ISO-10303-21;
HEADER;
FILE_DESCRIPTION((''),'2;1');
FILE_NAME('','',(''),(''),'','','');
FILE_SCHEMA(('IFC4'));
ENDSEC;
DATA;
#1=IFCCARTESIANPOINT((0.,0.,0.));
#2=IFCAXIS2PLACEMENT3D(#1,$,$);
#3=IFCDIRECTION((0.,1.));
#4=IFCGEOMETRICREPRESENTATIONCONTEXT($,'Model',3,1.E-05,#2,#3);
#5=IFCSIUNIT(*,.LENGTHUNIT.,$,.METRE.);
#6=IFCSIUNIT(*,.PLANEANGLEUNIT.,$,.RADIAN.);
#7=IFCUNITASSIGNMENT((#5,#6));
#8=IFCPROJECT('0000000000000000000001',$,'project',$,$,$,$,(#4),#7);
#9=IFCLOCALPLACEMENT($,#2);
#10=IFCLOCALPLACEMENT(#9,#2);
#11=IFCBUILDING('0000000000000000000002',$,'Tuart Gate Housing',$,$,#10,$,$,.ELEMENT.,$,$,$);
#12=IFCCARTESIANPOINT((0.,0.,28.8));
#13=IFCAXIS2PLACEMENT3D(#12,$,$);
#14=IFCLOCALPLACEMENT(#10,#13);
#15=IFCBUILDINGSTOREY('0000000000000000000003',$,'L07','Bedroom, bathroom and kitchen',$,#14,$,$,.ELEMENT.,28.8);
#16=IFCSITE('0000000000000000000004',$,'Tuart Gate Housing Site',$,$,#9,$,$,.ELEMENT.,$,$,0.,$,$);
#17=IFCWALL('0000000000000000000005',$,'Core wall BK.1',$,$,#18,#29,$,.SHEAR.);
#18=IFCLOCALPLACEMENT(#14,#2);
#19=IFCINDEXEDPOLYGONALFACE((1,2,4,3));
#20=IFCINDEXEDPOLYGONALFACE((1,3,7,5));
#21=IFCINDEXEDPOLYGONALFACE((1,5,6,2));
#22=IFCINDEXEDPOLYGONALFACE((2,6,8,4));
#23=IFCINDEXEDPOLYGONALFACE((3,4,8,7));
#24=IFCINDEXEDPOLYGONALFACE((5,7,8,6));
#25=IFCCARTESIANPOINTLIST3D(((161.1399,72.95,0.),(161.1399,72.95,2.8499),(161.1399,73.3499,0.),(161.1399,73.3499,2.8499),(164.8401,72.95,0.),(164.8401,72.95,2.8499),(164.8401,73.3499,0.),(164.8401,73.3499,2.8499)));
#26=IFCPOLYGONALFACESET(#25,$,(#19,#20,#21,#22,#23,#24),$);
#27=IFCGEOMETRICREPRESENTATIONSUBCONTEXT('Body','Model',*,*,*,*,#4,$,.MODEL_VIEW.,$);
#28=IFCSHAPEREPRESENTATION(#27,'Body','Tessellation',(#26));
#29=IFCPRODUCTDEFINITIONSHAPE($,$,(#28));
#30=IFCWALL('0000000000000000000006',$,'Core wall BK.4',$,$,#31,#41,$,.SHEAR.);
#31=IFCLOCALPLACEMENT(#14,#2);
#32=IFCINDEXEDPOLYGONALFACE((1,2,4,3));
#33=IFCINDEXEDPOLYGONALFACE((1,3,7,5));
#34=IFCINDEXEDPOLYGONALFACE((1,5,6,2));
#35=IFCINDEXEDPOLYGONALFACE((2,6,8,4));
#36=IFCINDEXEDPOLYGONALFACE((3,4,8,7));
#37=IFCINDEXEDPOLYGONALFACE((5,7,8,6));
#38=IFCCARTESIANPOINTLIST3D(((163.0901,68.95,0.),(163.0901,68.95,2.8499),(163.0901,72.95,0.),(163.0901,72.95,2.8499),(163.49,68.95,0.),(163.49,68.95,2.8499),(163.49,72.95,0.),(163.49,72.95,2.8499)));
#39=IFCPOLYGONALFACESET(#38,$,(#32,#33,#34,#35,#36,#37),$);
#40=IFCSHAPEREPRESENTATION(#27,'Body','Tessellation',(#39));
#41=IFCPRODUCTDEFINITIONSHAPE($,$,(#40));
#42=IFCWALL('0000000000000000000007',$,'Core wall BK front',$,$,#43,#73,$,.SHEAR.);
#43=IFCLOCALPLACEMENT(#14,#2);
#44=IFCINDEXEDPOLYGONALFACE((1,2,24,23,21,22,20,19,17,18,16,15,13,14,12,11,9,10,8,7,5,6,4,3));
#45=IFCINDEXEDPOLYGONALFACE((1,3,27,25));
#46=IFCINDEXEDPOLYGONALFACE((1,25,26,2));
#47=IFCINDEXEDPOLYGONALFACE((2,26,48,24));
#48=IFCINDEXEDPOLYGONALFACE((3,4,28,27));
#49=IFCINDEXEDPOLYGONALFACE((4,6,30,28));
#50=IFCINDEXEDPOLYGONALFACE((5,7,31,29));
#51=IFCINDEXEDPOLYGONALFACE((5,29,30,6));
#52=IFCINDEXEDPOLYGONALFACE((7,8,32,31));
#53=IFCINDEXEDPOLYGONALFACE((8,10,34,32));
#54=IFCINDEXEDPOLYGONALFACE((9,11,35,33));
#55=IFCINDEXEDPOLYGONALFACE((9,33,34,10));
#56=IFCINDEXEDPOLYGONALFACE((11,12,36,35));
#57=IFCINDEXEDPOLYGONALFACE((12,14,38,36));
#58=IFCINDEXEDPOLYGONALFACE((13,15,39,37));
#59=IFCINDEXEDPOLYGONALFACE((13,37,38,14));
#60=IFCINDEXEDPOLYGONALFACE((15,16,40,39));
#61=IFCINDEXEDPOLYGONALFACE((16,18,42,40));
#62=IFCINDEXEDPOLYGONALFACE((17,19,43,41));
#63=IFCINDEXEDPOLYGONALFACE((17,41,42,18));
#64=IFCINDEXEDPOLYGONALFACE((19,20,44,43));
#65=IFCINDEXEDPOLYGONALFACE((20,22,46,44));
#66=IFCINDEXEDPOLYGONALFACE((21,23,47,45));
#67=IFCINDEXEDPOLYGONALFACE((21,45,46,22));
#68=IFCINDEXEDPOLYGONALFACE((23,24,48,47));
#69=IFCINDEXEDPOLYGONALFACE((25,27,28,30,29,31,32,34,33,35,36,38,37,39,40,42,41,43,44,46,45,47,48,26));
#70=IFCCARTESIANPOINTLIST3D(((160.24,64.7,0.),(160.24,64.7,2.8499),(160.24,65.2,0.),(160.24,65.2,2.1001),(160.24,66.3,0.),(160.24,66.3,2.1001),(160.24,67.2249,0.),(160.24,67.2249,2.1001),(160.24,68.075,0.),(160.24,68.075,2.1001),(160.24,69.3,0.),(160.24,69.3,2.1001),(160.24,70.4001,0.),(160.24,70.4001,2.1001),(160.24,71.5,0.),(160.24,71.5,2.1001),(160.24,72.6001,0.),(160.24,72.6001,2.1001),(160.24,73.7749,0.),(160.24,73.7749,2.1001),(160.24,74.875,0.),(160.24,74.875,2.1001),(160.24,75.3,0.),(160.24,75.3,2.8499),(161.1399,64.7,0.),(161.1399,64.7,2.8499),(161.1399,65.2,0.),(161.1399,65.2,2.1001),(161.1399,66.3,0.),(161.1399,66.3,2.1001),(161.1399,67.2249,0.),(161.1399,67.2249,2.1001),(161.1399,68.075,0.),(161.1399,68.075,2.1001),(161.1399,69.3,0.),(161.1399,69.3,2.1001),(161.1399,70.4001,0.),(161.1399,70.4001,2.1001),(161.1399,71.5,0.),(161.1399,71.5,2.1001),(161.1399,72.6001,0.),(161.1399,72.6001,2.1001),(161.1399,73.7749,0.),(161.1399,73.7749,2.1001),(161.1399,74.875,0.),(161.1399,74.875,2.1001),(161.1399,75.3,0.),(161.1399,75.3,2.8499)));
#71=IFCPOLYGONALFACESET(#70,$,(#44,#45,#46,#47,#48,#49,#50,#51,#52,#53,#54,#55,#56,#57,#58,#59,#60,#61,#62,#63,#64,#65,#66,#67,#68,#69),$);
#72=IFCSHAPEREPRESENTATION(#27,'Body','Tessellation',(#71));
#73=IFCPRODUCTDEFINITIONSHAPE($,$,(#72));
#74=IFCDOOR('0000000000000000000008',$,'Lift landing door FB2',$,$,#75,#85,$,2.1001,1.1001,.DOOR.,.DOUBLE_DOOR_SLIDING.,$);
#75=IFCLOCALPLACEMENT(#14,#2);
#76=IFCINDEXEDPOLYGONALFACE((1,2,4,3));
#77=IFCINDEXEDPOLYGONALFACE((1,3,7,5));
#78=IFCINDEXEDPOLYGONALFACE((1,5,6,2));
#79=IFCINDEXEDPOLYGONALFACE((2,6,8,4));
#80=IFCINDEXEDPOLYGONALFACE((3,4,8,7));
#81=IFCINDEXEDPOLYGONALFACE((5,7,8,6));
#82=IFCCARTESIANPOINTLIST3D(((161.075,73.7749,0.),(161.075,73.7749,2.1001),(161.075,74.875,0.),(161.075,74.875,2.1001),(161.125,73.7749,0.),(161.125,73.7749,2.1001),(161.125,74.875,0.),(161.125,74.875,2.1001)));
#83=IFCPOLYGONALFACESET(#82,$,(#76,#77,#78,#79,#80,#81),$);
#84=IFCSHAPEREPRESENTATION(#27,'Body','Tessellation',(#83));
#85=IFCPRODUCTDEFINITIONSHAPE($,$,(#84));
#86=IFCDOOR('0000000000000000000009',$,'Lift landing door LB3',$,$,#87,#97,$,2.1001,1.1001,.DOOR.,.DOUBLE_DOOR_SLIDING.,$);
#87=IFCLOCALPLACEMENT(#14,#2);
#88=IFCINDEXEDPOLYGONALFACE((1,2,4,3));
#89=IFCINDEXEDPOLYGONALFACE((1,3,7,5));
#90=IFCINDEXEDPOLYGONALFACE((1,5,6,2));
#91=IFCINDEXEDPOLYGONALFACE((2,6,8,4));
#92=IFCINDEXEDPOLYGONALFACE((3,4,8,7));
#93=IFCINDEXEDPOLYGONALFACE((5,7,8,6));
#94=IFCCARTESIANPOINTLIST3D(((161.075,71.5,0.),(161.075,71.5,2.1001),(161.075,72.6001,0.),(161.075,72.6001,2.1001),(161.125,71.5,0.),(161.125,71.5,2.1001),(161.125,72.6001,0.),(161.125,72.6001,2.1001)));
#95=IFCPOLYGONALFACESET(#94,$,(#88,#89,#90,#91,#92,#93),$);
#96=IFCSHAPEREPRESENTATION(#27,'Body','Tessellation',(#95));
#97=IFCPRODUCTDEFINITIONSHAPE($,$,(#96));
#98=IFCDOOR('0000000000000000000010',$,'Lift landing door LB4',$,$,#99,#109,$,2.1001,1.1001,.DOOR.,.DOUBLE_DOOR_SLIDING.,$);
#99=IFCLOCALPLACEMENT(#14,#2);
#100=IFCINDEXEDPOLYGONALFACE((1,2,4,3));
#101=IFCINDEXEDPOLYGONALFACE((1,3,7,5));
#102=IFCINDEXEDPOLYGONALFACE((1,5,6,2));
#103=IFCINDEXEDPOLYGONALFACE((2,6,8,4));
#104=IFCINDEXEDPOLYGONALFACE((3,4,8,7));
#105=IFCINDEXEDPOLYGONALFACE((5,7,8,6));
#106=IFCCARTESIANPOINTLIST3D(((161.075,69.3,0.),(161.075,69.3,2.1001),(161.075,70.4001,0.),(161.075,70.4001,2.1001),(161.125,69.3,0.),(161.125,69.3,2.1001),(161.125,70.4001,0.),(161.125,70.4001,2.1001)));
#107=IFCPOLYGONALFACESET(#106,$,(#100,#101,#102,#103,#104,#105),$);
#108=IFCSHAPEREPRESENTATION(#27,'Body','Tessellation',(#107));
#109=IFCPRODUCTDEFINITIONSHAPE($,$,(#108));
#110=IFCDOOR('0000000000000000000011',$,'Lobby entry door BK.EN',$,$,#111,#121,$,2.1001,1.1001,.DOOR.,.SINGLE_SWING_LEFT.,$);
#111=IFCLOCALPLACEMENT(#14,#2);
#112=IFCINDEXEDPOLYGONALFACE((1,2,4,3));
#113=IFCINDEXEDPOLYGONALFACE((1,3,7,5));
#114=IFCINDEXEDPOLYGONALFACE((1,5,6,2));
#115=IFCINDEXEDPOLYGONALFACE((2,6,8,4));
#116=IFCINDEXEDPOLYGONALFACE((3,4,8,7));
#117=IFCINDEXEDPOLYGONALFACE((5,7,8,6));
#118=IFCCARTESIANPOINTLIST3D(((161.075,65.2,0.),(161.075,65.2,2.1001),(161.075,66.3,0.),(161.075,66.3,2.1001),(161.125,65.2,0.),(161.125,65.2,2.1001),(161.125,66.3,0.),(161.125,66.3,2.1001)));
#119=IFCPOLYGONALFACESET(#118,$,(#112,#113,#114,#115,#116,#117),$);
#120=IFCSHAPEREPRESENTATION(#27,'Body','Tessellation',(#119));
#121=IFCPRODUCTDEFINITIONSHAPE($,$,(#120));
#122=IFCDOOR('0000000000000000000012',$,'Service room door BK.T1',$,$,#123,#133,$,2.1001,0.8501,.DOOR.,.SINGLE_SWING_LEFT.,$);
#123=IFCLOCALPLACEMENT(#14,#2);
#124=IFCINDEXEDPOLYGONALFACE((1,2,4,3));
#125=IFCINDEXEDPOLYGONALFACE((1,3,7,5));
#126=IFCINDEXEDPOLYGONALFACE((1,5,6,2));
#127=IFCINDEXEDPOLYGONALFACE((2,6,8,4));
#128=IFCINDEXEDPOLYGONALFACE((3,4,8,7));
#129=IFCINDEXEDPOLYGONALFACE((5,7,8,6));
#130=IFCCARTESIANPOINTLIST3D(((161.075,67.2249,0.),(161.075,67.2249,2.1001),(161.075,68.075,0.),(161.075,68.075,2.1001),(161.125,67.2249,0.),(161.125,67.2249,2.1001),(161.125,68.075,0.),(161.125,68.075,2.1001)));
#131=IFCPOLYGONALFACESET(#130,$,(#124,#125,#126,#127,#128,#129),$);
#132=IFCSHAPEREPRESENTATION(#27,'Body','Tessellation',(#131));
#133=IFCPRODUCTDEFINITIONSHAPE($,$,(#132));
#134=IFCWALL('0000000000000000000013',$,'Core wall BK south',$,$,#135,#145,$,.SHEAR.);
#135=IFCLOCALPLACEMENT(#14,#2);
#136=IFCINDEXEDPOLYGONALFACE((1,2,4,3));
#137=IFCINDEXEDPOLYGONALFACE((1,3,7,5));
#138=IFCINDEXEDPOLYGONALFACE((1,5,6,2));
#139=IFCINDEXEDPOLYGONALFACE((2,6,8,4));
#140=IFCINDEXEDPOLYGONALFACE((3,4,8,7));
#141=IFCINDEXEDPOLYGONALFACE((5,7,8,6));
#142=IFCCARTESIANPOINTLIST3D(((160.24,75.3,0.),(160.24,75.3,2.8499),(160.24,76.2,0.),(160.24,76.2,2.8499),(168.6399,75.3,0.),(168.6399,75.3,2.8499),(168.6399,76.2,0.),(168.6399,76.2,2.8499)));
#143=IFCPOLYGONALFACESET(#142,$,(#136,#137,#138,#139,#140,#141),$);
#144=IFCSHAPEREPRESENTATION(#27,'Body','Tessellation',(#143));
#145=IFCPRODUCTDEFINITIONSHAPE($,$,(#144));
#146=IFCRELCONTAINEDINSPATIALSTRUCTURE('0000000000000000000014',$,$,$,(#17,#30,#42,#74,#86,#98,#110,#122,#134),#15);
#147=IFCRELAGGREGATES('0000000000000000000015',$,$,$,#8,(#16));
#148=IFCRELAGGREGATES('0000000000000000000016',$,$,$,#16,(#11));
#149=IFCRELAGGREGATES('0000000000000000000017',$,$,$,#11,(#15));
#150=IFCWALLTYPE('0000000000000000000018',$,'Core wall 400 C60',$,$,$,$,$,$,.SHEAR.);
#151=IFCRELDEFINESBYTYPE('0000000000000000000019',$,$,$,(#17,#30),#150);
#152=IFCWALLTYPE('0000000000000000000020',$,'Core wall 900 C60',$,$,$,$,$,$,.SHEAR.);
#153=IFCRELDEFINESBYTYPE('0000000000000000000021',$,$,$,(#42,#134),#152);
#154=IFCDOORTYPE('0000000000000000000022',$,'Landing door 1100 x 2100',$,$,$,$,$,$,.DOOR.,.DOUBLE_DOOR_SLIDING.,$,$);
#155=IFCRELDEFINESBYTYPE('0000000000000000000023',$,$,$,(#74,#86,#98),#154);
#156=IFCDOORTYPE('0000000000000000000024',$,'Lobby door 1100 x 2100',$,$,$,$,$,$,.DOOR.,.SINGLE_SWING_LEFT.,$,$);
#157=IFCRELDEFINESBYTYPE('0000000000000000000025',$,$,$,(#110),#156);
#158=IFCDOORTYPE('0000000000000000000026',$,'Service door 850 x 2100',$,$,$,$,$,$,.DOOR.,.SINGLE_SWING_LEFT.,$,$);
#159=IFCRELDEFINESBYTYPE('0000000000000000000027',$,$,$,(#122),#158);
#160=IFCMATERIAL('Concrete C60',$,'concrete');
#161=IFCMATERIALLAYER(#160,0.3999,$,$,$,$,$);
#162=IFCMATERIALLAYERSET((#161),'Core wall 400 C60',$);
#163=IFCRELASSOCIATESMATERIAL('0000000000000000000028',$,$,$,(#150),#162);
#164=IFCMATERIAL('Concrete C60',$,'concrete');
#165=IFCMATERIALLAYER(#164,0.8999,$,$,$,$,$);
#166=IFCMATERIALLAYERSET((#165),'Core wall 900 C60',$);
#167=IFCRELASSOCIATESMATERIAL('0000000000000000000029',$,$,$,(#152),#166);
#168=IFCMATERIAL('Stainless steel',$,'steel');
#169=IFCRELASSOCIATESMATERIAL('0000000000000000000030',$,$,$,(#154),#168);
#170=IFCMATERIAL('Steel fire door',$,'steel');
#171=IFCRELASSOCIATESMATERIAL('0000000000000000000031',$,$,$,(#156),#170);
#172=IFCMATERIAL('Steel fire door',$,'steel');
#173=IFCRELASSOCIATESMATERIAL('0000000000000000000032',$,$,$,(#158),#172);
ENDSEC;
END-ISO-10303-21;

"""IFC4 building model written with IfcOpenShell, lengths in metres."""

from ifc_helpers import new_model, si_unit, direction, frame, frame_2d, origin, place, context, subcontext, project, spatial, rectangle, extrude, material, layer, layer_set, type_object, element, fill, save


model = new_model("IFC4")

# Units and contexts
model_context = context("Model", 3, precision=1e-05, world=origin(), true_north=direction((0.0, 1.0)))
body_context = subcontext(model_context, "Body", "Model", "MODEL_VIEW")
ifc_project = project(units=[si_unit("LENGTHUNIT", "METRE"), si_unit("PLANEANGLEUNIT", "RADIAN")], contexts=[model_context])

# Site, building, storey
site_placement = place(None, origin())
site = spatial("IfcSite", under=ifc_project, at=site_placement, Name="Tuart Gate Housing Site", CompositionType="ELEMENT", RefElevation=0.0)
building_placement = place(site_placement, origin())
building = spatial("IfcBuilding", under=site, at=building_placement, Name="Tuart Gate Housing", CompositionType="ELEMENT")
storey_placement = place(building_placement, frame((0.0, 0.0, 28.8)))
storey = spatial("IfcBuildingStorey", under=building, at=storey_placement, Name="L07", Description="Bedroom, bathroom and kitchen", CompositionType="ELEMENT", Elevation=28.8)

# Walls
ifc_material_1 = material(Name="Concrete C60", Category="concrete")
ifc_layer_1 = layer(ifc_material_1, 0.3999)
ifc_layer_set_1 = layer_set([ifc_layer_1], Name="Core wall 400 C60")
wall_type_1 = type_object("IfcWallType", Name="Core wall 400 C60", PredefinedType="SHEAR", material=ifc_layer_set_1)
wall_1_placement = place(storey_placement, frame((161.1399, 73.1499, 0.0), z_axis=(0.0, 0.0, 1.0), x_axis=(1.0, 0.0, 0.0)))
element("IfcWall", 1, at=wall_1_placement, inside=storey, type_object=wall_type_1, Name="Core wall BK.1", PredefinedType="SHEAR", context=body_context, shape_type="SweptSolid", body=[
    extrude(rectangle(XDim=3.7002, YDim=0.3999, at=frame_2d((1.8501, 0.0))), origin(), (0.0, 0.0, 1.0), 2.8499),
])
wall_2_placement = place(storey_placement, frame((163.29, 72.95, 0.0), z_axis=(0.0, 0.0, 1.0), x_axis=(0.0, -1.0, 0.0)))
element("IfcWall", 2, at=wall_2_placement, inside=storey, type_object=wall_type_1, Name="Core wall BK.4", PredefinedType="SHEAR", context=body_context, shape_type="SweptSolid", body=[
    extrude(rectangle(XDim=4.0, YDim=0.3999, at=frame_2d((2.0, 0.0))), origin(), (0.0, 0.0, 1.0), 2.8499),
])

# Wall, openings, doors
ifc_material_2 = material(Name="Concrete C60", Category="concrete")
ifc_layer_2 = layer(ifc_material_2, 0.8999)
ifc_layer_set_2 = layer_set([ifc_layer_2], Name="Core wall 900 C60")
wall_type_2 = type_object("IfcWallType", Name="Core wall 900 C60", PredefinedType="SHEAR", material=ifc_layer_set_2)
wall_3_placement = place(storey_placement, frame((160.6899, 75.3, 0.0), z_axis=(0.0, 0.0, 1.0), x_axis=(0.0, -1.0, 0.0)))
wall_3 = element("IfcWall", 3, at=wall_3_placement, inside=storey, type_object=wall_type_2, Name="Core wall BK front", PredefinedType="SHEAR", context=body_context, shape_type="SweptSolid", body=[
    extrude(rectangle(XDim=10.6001, YDim=0.8999, at=frame_2d((5.3, 0.0))), origin(), (0.0, 0.0, 1.0), 2.8499),
])
opening_1_placement = place(wall_3_placement, frame((0.425, 0.0, 0.0)))
opening_1 = element("IfcOpeningElement", 4, at=opening_1_placement, cuts=wall_3, PredefinedType="OPENING", context=body_context, shape_type="SweptSolid", body=[
    extrude(rectangle(XDim=1.1001, YDim=2.1001, at=frame_2d((0.55, 1.05))), frame((0.0, 0.46, 0.0), z_axis=(0.0, -1.0, 0.0), x_axis=(1.0, 0.0, 0.0)), (0.0, 0.0, 1.0), 0.9199),
])
opening_2_placement = place(wall_3_placement, frame((2.7, 0.0, 0.0)))
opening_2 = element("IfcOpeningElement", 5, at=opening_2_placement, cuts=wall_3, PredefinedType="OPENING", context=body_context, shape_type="SweptSolid", body=[
    extrude(rectangle(XDim=1.1001, YDim=2.1001, at=frame_2d((0.55, 1.05))), frame((0.0, 0.46, 0.0), z_axis=(0.0, -1.0, 0.0), x_axis=(1.0, 0.0, 0.0)), (0.0, 0.0, 1.0), 0.9199),
])
opening_3_placement = place(wall_3_placement, frame((4.8999, 0.0, 0.0)))
opening_3 = element("IfcOpeningElement", 6, at=opening_3_placement, cuts=wall_3, PredefinedType="OPENING", context=body_context, shape_type="SweptSolid", body=[
    extrude(rectangle(XDim=1.1001, YDim=2.1001, at=frame_2d((0.55, 1.05))), frame((0.0, 0.46, 0.0), z_axis=(0.0, -1.0, 0.0), x_axis=(1.0, 0.0, 0.0)), (0.0, 0.0, 1.0), 0.9199),
])
opening_4_placement = place(wall_3_placement, frame((9.0, 0.0, 0.0)))
opening_4 = element("IfcOpeningElement", 7, at=opening_4_placement, cuts=wall_3, PredefinedType="OPENING", context=body_context, shape_type="SweptSolid", body=[
    extrude(rectangle(XDim=1.1001, YDim=2.1001, at=frame_2d((0.55, 1.05))), frame((0.0, 0.46, 0.0), z_axis=(0.0, -1.0, 0.0), x_axis=(1.0, 0.0, 0.0)), (0.0, 0.0, 1.0), 0.9199),
])
opening_5_placement = place(wall_3_placement, frame((7.2251, 0.0, 0.0)))
opening_5 = element("IfcOpeningElement", 8, at=opening_5_placement, cuts=wall_3, PredefinedType="OPENING", context=body_context, shape_type="SweptSolid", body=[
    extrude(rectangle(XDim=0.8501, YDim=2.1001, at=frame_2d((0.425, 1.05))), frame((0.0, 0.46, 0.0), z_axis=(0.0, -1.0, 0.0), x_axis=(1.0, 0.0, 0.0)), (0.0, 0.0, 1.0), 0.9199),
])
ifc_material_3 = material(Name="Stainless steel", Category="steel")
door_type_1 = type_object("IfcDoorType", Name="Landing door 1100 x 2100", OperationType="DOUBLE_DOOR_SLIDING", PredefinedType="DOOR", material=ifc_material_3)
door_1_placement = place(opening_1_placement, origin())
door_1 = element("IfcDoor", 9, at=door_1_placement, inside=storey, type_object=door_type_1, Name="Lift landing door FB2", OperationType="DOUBLE_DOOR_SLIDING", OverallHeight=2.1001, OverallWidth=1.1001, PredefinedType="DOOR", context=body_context, shape_type="SweptSolid", body=[
    extrude(rectangle(XDim=1.1001, YDim=2.1001, at=frame_2d((0.55, 1.05))), frame((0.0, 0.4351, 0.0), z_axis=(0.0, -1.0, 0.0), x_axis=(1.0, 0.0, 0.0)), (0.0, 0.0, 1.0), 0.05),
])
fill(opening_1, door_1)
door_2_placement = place(opening_2_placement, origin())
door_2 = element("IfcDoor", 10, at=door_2_placement, inside=storey, type_object=door_type_1, Name="Lift landing door LB3", OperationType="DOUBLE_DOOR_SLIDING", OverallHeight=2.1001, OverallWidth=1.1001, PredefinedType="DOOR", context=body_context, shape_type="SweptSolid", body=[
    extrude(rectangle(XDim=1.1001, YDim=2.1001, at=frame_2d((0.55, 1.05))), frame((0.0, 0.4351, 0.0), z_axis=(0.0, -1.0, 0.0), x_axis=(1.0, 0.0, 0.0)), (0.0, 0.0, 1.0), 0.05),
])
fill(opening_2, door_2)
door_3_placement = place(opening_3_placement, origin())
door_3 = element("IfcDoor", 11, at=door_3_placement, inside=storey, type_object=door_type_1, Name="Lift landing door LB4", OperationType="DOUBLE_DOOR_SLIDING", OverallHeight=2.1001, OverallWidth=1.1001, PredefinedType="DOOR", context=body_context, shape_type="SweptSolid", body=[
    extrude(rectangle(XDim=1.1001, YDim=2.1001, at=frame_2d((0.55, 1.05))), frame((0.0, 0.4351, 0.0), z_axis=(0.0, -1.0, 0.0), x_axis=(1.0, 0.0, 0.0)), (0.0, 0.0, 1.0), 0.05),
])
fill(opening_3, door_3)
ifc_material_4 = material(Name="Steel fire door", Category="steel")
door_type_2 = type_object("IfcDoorType", Name="Lobby door 1100 x 2100", OperationType="SINGLE_SWING_LEFT", PredefinedType="DOOR", material=ifc_material_4)
door_4_placement = place(opening_4_placement, origin())
door_4 = element("IfcDoor", 12, at=door_4_placement, inside=storey, type_object=door_type_2, Name="Lobby entry door BK.EN", OperationType="SINGLE_SWING_LEFT", OverallHeight=2.1001, OverallWidth=1.1001, PredefinedType="DOOR", context=body_context, shape_type="SweptSolid", body=[
    extrude(rectangle(XDim=1.1001, YDim=2.1001, at=frame_2d((0.55, 1.05))), frame((0.0, 0.4351, 0.0), z_axis=(0.0, -1.0, 0.0), x_axis=(1.0, 0.0, 0.0)), (0.0, 0.0, 1.0), 0.05),
])
fill(opening_4, door_4)
ifc_material_5 = material(Name="Steel fire door", Category="steel")
door_type_3 = type_object("IfcDoorType", Name="Service door 850 x 2100", OperationType="SINGLE_SWING_LEFT", PredefinedType="DOOR", material=ifc_material_5)
door_5_placement = place(opening_5_placement, origin())
door_5 = element("IfcDoor", 13, at=door_5_placement, inside=storey, type_object=door_type_3, Name="Service room door BK.T1", OperationType="SINGLE_SWING_LEFT", OverallHeight=2.1001, OverallWidth=0.8501, PredefinedType="DOOR", context=body_context, shape_type="SweptSolid", body=[
    extrude(rectangle(XDim=0.8501, YDim=2.1001, at=frame_2d((0.425, 1.05))), frame((0.0, 0.4351, 0.0), z_axis=(0.0, -1.0, 0.0), x_axis=(1.0, 0.0, 0.0)), (0.0, 0.0, 1.0), 0.05),
])
fill(opening_5, door_5)

# Wall
wall_4_placement = place(storey_placement, frame((160.24, 75.75, 0.0), z_axis=(0.0, 0.0, 1.0), x_axis=(1.0, 0.0, 0.0)))
element("IfcWall", 14, at=wall_4_placement, inside=storey, type_object=wall_type_2, Name="Core wall BK south", PredefinedType="SHEAR", context=body_context, shape_type="SweptSolid", body=[
    extrude(rectangle(XDim=8.3999, YDim=0.8999, at=frame_2d((4.2, 0.0))), origin(), (0.0, 0.0, 1.0), 2.8499),
])

save(model, "model.ifc")
